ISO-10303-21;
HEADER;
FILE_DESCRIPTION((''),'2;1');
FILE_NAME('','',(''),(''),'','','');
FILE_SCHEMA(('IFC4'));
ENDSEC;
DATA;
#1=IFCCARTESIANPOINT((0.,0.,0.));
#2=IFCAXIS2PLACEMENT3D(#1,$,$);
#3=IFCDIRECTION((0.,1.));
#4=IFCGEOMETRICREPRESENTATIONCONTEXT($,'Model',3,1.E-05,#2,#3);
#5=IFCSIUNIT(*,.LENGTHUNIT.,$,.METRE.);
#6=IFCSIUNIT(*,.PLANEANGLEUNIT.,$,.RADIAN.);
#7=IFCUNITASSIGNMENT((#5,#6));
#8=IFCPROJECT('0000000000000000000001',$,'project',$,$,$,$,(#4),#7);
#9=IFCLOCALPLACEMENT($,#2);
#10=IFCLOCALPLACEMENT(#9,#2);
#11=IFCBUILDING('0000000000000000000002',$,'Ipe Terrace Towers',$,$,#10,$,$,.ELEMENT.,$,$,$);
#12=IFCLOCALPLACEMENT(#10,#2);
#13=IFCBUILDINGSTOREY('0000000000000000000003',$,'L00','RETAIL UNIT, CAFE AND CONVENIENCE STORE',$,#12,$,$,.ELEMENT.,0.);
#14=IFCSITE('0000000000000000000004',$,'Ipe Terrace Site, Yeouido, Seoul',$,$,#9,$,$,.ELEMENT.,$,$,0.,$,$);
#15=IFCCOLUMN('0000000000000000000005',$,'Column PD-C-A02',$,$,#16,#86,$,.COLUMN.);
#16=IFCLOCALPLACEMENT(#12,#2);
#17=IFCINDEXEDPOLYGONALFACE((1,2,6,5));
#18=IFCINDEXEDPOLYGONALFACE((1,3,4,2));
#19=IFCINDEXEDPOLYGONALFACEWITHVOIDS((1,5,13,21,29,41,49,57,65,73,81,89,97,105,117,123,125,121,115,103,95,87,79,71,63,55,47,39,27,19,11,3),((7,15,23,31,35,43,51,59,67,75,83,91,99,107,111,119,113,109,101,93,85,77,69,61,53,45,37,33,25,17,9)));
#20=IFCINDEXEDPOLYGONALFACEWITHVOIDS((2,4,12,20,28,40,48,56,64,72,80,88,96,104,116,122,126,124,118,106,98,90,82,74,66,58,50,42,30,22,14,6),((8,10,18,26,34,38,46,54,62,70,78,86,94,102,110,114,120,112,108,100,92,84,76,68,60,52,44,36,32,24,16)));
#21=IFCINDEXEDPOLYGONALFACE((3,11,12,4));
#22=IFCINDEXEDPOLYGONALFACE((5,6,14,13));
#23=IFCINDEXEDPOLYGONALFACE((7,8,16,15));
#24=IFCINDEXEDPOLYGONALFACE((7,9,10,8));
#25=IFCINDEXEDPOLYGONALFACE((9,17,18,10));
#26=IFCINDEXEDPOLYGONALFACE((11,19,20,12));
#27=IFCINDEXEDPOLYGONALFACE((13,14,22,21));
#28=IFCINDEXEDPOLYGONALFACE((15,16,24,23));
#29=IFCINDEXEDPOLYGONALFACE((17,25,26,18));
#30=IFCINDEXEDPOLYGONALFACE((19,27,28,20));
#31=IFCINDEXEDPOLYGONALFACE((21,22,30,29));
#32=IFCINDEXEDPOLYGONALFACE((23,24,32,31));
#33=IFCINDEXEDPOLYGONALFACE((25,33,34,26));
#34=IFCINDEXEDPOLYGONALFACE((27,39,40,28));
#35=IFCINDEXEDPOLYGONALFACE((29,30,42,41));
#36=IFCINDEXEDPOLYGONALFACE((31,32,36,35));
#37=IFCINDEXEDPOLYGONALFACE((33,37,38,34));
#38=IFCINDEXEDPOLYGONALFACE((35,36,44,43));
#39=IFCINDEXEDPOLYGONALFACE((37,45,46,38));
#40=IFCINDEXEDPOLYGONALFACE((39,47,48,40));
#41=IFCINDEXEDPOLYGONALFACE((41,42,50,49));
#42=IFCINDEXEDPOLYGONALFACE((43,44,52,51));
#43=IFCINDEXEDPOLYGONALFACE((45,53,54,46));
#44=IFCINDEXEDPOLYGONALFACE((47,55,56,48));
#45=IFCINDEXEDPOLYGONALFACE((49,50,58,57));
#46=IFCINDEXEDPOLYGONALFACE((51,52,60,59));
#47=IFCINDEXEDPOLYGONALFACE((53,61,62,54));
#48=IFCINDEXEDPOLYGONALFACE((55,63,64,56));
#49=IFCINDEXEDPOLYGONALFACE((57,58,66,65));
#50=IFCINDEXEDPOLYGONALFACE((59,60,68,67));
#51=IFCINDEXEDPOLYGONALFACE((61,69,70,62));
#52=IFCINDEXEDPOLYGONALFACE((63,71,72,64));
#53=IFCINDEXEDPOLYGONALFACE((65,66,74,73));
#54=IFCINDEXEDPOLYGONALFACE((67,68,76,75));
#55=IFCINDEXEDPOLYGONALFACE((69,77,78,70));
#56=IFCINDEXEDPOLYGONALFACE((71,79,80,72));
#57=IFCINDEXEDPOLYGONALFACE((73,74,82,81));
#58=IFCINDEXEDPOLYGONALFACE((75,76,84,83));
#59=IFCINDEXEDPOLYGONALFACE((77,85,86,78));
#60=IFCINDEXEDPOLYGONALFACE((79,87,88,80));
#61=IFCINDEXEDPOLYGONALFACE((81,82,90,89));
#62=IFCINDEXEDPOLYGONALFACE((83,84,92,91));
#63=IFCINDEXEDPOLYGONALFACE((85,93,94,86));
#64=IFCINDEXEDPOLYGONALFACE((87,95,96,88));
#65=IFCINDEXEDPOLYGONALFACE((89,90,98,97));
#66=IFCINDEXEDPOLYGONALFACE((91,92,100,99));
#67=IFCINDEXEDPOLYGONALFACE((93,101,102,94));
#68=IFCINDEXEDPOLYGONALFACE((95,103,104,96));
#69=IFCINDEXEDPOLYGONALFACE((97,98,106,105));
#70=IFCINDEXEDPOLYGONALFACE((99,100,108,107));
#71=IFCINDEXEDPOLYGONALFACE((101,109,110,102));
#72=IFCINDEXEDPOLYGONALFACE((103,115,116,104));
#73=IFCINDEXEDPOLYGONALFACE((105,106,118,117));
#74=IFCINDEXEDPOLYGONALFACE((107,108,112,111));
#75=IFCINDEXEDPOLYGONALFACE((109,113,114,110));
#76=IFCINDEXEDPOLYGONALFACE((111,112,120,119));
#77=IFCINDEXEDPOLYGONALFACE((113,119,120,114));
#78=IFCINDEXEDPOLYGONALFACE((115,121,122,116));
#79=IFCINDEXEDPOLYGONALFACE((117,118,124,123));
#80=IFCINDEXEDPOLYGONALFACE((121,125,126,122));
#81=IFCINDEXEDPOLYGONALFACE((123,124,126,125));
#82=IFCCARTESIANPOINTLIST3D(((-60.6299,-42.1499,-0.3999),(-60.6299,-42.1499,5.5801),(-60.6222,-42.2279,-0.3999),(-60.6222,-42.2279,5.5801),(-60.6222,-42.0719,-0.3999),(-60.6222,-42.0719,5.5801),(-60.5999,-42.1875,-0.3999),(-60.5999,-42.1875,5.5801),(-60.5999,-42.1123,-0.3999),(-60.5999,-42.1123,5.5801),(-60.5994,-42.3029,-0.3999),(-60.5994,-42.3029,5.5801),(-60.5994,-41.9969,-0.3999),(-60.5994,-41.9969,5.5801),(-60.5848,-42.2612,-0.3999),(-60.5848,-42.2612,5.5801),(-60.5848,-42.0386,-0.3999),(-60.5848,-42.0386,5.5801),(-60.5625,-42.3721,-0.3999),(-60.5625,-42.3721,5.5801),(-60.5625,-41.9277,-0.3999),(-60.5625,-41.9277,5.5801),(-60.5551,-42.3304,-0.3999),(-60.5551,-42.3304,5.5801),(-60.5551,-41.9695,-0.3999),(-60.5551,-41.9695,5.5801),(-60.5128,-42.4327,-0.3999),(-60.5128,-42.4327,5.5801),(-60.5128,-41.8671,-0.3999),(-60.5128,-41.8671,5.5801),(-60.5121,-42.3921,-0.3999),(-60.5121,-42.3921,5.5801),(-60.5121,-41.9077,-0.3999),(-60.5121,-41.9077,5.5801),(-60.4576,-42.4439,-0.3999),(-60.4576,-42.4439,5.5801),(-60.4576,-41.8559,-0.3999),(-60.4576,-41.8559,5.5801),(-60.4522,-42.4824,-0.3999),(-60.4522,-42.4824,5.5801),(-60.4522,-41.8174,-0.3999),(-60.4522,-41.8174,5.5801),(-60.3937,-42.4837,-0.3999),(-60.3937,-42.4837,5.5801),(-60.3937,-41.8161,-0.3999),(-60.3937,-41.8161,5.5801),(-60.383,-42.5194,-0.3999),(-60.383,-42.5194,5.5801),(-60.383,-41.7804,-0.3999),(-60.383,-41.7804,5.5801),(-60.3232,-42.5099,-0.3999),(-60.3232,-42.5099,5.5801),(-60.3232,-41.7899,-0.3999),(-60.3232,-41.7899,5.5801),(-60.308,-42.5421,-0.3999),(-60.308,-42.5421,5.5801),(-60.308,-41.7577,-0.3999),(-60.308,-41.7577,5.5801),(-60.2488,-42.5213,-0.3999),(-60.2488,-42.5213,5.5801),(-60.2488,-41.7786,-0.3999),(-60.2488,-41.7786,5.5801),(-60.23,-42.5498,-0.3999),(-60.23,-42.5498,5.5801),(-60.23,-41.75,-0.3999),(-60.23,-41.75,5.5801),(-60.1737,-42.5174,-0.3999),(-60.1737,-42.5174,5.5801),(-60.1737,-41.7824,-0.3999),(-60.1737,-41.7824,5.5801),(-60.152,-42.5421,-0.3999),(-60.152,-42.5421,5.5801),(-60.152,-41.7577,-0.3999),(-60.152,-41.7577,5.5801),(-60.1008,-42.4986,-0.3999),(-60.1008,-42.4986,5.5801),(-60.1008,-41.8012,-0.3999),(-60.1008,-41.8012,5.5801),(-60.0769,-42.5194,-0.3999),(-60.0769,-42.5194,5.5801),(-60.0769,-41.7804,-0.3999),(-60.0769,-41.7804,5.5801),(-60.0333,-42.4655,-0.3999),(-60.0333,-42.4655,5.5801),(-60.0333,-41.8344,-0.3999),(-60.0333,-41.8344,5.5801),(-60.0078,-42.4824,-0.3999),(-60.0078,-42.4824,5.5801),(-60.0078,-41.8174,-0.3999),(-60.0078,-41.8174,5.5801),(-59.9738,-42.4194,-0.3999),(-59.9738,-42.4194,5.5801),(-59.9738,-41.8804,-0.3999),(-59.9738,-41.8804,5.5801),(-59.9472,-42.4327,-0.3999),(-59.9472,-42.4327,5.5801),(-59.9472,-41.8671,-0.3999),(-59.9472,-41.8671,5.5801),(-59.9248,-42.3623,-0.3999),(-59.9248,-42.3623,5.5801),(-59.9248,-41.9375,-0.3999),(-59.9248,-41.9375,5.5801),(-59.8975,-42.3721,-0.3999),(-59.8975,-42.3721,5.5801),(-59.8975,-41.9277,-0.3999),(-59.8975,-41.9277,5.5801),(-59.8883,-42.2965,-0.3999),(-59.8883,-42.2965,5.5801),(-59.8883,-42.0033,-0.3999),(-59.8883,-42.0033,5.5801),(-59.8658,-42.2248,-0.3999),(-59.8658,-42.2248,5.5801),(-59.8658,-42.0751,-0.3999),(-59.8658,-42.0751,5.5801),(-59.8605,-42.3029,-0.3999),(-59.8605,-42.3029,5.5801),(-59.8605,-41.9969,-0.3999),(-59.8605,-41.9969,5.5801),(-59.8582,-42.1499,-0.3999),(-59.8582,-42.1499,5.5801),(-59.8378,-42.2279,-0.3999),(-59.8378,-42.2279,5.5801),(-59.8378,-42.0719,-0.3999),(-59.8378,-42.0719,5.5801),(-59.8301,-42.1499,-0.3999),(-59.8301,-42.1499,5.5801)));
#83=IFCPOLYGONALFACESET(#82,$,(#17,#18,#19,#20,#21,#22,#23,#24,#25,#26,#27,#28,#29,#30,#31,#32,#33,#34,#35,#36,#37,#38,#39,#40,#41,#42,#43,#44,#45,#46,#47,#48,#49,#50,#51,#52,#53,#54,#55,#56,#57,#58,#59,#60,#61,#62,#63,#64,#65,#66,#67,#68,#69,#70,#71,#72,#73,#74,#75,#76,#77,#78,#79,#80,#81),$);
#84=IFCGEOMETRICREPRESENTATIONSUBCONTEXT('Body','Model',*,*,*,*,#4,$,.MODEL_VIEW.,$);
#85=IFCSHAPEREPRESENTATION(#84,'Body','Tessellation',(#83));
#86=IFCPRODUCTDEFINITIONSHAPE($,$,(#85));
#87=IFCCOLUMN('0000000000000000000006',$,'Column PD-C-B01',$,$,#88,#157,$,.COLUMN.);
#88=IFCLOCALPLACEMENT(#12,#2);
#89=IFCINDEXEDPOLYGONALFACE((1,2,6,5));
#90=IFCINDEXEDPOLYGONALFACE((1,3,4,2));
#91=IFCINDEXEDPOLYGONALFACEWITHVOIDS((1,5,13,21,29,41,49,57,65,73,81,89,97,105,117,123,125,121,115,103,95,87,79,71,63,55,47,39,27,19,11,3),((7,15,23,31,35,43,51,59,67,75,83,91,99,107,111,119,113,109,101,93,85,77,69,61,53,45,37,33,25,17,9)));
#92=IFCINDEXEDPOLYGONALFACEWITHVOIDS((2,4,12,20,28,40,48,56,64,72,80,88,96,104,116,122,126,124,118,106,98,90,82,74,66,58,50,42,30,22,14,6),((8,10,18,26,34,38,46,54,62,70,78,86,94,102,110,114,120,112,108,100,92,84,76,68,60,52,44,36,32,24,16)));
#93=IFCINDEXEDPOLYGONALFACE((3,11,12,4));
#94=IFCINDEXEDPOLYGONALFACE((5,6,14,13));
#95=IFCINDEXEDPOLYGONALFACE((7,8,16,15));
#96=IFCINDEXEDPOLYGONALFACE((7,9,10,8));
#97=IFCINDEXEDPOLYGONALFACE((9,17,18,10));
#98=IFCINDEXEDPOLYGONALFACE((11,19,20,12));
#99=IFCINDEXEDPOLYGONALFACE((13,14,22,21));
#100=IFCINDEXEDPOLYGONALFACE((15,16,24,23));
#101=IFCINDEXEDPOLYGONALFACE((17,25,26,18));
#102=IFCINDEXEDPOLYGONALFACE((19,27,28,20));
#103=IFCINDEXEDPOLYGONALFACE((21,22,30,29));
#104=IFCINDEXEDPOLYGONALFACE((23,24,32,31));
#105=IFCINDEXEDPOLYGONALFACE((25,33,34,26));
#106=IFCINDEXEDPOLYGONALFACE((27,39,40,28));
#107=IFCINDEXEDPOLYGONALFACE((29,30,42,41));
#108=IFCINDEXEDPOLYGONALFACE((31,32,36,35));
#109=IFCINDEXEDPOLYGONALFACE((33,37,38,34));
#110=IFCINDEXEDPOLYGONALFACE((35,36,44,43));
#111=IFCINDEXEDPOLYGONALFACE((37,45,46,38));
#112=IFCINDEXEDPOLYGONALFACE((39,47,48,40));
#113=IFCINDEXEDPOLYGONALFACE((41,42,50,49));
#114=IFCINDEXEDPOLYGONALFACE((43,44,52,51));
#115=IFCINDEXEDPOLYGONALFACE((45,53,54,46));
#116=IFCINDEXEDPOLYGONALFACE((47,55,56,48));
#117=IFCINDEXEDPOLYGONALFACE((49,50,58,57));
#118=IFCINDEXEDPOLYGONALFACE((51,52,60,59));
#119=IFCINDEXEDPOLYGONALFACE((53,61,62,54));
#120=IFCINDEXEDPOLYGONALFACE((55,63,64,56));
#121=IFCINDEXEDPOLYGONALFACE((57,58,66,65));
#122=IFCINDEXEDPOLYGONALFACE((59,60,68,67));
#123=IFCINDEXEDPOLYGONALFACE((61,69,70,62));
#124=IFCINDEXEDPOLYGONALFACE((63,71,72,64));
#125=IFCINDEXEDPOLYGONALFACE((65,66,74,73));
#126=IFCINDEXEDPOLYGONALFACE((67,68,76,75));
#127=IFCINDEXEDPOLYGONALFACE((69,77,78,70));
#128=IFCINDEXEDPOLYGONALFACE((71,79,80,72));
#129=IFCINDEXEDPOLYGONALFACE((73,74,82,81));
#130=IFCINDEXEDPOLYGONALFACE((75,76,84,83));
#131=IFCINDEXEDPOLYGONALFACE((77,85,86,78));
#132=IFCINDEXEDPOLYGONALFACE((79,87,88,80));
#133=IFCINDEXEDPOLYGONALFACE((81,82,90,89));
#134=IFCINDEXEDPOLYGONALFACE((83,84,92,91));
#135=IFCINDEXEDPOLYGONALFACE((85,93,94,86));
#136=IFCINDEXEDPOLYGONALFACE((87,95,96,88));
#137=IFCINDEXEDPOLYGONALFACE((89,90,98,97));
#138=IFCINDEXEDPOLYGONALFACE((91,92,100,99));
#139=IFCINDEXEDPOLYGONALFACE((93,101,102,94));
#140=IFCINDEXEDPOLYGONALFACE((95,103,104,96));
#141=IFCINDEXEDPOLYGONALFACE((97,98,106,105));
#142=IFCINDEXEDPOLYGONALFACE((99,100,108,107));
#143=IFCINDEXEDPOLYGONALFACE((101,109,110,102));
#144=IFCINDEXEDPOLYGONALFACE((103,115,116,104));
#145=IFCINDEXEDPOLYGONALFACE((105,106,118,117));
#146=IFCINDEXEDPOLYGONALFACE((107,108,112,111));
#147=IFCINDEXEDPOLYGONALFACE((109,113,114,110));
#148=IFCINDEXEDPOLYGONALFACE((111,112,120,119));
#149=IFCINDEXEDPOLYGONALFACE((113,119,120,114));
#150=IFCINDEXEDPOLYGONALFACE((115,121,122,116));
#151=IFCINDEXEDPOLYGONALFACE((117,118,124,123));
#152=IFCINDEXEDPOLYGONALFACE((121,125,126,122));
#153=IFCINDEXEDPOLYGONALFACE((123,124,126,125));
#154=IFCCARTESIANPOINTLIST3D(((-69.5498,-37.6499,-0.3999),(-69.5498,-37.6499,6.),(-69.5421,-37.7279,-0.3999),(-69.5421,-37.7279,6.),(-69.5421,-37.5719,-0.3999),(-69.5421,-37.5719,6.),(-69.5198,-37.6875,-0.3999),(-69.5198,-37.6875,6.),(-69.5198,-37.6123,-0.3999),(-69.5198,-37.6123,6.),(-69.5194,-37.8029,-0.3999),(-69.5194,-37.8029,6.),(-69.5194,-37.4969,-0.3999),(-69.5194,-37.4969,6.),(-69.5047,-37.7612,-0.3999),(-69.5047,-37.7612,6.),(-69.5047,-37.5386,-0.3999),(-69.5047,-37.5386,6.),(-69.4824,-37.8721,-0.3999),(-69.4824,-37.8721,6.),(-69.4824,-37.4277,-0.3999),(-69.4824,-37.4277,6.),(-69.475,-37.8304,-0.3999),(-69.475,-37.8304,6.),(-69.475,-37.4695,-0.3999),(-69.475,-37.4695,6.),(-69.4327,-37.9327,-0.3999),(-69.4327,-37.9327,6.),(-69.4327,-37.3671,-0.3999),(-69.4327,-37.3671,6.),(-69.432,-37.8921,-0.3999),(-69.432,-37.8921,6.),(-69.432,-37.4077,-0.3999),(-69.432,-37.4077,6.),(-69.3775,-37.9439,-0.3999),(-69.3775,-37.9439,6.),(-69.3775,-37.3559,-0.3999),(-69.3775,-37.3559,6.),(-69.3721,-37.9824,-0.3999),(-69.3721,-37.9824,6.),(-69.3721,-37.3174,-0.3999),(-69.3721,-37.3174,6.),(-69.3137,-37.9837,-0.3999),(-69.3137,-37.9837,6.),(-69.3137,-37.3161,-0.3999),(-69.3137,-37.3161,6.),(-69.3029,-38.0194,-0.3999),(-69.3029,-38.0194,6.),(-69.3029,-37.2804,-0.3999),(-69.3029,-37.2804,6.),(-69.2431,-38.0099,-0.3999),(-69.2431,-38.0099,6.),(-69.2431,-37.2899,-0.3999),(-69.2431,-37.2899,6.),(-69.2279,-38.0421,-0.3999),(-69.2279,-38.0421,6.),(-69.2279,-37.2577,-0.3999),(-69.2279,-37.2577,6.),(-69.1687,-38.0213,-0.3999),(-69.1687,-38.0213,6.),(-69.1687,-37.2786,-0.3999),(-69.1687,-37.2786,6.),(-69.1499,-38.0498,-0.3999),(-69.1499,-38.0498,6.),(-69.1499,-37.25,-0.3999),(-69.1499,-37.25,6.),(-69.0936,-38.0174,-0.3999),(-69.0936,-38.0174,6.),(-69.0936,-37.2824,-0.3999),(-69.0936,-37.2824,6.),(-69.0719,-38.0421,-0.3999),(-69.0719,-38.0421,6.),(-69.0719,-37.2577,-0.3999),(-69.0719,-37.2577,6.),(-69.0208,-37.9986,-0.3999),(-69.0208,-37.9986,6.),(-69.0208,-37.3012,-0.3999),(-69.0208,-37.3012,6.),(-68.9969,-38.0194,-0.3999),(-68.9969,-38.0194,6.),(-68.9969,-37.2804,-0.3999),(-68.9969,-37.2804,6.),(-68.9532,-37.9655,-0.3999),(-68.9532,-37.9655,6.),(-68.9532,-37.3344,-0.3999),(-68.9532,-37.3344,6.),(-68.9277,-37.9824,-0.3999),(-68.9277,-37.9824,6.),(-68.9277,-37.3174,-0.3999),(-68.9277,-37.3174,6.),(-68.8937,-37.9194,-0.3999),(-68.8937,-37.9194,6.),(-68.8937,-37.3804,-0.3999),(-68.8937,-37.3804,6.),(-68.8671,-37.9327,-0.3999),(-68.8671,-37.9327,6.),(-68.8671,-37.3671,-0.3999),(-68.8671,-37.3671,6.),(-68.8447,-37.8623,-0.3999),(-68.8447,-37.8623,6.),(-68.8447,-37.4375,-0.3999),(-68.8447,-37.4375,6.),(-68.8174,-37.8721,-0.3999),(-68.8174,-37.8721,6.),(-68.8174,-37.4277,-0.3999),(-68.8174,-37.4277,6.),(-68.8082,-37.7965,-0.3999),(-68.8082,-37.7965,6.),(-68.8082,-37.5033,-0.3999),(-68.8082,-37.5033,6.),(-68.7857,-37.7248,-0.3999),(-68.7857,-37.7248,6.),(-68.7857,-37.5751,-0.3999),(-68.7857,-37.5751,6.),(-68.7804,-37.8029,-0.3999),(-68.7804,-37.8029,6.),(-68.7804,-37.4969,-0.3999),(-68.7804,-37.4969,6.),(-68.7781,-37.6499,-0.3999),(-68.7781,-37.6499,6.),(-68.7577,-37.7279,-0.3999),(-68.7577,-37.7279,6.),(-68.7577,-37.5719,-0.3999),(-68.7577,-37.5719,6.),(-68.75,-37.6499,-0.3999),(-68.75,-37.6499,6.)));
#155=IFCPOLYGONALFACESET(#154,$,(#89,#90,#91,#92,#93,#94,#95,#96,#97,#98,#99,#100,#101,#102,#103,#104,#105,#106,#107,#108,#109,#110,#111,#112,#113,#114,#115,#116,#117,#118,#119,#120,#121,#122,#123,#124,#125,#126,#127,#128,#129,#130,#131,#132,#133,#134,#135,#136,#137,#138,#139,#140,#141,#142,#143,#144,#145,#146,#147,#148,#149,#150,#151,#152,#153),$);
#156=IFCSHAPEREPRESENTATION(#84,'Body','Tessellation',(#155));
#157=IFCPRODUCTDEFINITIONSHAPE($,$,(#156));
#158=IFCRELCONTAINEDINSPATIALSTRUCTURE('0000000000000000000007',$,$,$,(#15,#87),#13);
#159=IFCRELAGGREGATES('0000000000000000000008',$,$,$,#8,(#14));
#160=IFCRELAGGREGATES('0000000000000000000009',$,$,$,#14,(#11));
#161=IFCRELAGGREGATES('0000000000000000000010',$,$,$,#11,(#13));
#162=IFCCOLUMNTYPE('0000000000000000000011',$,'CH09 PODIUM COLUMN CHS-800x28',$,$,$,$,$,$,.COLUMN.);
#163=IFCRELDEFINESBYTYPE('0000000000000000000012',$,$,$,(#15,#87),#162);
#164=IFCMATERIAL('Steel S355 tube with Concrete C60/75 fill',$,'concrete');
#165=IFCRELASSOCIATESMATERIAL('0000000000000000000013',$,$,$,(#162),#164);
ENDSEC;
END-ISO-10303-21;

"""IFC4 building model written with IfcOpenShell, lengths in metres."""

from ifc_helpers import new_model, si_unit, direction, frame, origin, origin_2d, place, context, subcontext, project, spatial, hollow_circle, extrude, material, material_profile, profile_set, type_object, element, save


model = new_model("IFC4")

# Units and contexts
model_context = context("Model", 3, precision=1e-05, world=origin(), true_north=direction((0.0, 1.0)))
body_context = subcontext(model_context, "Body", "Model", "MODEL_VIEW")
ifc_project = project(units=[si_unit("LENGTHUNIT", "METRE"), si_unit("PLANEANGLEUNIT", "RADIAN")], contexts=[model_context])

# Site, building, storey
site_placement = place(None, origin())
site = spatial("IfcSite", under=ifc_project, at=site_placement, Name="Ipe Terrace Site, Yeouido, Seoul", CompositionType="ELEMENT", RefElevation=0.0)
building_placement = place(site_placement, origin())
building = spatial("IfcBuilding", under=site, at=building_placement, Name="Ipe Terrace Towers", CompositionType="ELEMENT")
storey_placement = place(building_placement, origin())
storey = spatial("IfcBuildingStorey", under=building, at=storey_placement, Name="L00", Description="RETAIL UNIT, CAFE AND CONVENIENCE STORE", CompositionType="ELEMENT", Elevation=0.0)

# Columns
ifc_material_1 = material(Name="Steel S355 tube with Concrete C60/75 fill", Category="concrete")
ifc_material_profile_1 = material_profile(ifc_material_1, hollow_circle(Radius=0.3999, WallThickness=0.0281, at=origin_2d()), Name="CHS-800x28")
ifc_profile_set_1 = profile_set([ifc_material_profile_1], Name="Steel S355 tube with Concrete C60/75 fill")
column_type_1 = type_object("IfcColumnType", Name="CH09 PODIUM COLUMN CHS-800x28", PredefinedType="COLUMN", material=ifc_profile_set_1)
for number, where, z_axis, x_axis, name in (
    (1, (-60.23, -42.1499, -0.3999), (0.0, 0.0, 1.0), (1.0, 0.0, 0.0), "Column PD-C-A02"),
):
    element("IfcColumn", number, at=place(storey_placement, frame(where, z_axis=z_axis, x_axis=x_axis)), inside=storey, type_object=column_type_1, Name=name, PredefinedType="COLUMN", context=body_context, shape_type="SweptSolid", body=[
        extrude(hollow_circle(Radius=0.3999, WallThickness=0.0281, at=origin_2d()), origin(), (0.0, 0.0, 1.0), 5.98),
    ])
for number, where, z_axis, x_axis, name in (
    (2, (-69.1499, -37.6499, -0.3999), (0.0, 0.0, 1.0), (1.0, 0.0, 0.0), "Column PD-C-B01"),
):
    element("IfcColumn", number, at=place(storey_placement, frame(where, z_axis=z_axis, x_axis=x_axis)), inside=storey, type_object=column_type_1, Name=name, PredefinedType="COLUMN", context=body_context, shape_type="SweptSolid", body=[
        extrude(hollow_circle(Radius=0.3999, WallThickness=0.0281, at=origin_2d()), origin(), (0.0, 0.0, 1.0), 6.3999),
    ])

save(model, "model.ifc")
